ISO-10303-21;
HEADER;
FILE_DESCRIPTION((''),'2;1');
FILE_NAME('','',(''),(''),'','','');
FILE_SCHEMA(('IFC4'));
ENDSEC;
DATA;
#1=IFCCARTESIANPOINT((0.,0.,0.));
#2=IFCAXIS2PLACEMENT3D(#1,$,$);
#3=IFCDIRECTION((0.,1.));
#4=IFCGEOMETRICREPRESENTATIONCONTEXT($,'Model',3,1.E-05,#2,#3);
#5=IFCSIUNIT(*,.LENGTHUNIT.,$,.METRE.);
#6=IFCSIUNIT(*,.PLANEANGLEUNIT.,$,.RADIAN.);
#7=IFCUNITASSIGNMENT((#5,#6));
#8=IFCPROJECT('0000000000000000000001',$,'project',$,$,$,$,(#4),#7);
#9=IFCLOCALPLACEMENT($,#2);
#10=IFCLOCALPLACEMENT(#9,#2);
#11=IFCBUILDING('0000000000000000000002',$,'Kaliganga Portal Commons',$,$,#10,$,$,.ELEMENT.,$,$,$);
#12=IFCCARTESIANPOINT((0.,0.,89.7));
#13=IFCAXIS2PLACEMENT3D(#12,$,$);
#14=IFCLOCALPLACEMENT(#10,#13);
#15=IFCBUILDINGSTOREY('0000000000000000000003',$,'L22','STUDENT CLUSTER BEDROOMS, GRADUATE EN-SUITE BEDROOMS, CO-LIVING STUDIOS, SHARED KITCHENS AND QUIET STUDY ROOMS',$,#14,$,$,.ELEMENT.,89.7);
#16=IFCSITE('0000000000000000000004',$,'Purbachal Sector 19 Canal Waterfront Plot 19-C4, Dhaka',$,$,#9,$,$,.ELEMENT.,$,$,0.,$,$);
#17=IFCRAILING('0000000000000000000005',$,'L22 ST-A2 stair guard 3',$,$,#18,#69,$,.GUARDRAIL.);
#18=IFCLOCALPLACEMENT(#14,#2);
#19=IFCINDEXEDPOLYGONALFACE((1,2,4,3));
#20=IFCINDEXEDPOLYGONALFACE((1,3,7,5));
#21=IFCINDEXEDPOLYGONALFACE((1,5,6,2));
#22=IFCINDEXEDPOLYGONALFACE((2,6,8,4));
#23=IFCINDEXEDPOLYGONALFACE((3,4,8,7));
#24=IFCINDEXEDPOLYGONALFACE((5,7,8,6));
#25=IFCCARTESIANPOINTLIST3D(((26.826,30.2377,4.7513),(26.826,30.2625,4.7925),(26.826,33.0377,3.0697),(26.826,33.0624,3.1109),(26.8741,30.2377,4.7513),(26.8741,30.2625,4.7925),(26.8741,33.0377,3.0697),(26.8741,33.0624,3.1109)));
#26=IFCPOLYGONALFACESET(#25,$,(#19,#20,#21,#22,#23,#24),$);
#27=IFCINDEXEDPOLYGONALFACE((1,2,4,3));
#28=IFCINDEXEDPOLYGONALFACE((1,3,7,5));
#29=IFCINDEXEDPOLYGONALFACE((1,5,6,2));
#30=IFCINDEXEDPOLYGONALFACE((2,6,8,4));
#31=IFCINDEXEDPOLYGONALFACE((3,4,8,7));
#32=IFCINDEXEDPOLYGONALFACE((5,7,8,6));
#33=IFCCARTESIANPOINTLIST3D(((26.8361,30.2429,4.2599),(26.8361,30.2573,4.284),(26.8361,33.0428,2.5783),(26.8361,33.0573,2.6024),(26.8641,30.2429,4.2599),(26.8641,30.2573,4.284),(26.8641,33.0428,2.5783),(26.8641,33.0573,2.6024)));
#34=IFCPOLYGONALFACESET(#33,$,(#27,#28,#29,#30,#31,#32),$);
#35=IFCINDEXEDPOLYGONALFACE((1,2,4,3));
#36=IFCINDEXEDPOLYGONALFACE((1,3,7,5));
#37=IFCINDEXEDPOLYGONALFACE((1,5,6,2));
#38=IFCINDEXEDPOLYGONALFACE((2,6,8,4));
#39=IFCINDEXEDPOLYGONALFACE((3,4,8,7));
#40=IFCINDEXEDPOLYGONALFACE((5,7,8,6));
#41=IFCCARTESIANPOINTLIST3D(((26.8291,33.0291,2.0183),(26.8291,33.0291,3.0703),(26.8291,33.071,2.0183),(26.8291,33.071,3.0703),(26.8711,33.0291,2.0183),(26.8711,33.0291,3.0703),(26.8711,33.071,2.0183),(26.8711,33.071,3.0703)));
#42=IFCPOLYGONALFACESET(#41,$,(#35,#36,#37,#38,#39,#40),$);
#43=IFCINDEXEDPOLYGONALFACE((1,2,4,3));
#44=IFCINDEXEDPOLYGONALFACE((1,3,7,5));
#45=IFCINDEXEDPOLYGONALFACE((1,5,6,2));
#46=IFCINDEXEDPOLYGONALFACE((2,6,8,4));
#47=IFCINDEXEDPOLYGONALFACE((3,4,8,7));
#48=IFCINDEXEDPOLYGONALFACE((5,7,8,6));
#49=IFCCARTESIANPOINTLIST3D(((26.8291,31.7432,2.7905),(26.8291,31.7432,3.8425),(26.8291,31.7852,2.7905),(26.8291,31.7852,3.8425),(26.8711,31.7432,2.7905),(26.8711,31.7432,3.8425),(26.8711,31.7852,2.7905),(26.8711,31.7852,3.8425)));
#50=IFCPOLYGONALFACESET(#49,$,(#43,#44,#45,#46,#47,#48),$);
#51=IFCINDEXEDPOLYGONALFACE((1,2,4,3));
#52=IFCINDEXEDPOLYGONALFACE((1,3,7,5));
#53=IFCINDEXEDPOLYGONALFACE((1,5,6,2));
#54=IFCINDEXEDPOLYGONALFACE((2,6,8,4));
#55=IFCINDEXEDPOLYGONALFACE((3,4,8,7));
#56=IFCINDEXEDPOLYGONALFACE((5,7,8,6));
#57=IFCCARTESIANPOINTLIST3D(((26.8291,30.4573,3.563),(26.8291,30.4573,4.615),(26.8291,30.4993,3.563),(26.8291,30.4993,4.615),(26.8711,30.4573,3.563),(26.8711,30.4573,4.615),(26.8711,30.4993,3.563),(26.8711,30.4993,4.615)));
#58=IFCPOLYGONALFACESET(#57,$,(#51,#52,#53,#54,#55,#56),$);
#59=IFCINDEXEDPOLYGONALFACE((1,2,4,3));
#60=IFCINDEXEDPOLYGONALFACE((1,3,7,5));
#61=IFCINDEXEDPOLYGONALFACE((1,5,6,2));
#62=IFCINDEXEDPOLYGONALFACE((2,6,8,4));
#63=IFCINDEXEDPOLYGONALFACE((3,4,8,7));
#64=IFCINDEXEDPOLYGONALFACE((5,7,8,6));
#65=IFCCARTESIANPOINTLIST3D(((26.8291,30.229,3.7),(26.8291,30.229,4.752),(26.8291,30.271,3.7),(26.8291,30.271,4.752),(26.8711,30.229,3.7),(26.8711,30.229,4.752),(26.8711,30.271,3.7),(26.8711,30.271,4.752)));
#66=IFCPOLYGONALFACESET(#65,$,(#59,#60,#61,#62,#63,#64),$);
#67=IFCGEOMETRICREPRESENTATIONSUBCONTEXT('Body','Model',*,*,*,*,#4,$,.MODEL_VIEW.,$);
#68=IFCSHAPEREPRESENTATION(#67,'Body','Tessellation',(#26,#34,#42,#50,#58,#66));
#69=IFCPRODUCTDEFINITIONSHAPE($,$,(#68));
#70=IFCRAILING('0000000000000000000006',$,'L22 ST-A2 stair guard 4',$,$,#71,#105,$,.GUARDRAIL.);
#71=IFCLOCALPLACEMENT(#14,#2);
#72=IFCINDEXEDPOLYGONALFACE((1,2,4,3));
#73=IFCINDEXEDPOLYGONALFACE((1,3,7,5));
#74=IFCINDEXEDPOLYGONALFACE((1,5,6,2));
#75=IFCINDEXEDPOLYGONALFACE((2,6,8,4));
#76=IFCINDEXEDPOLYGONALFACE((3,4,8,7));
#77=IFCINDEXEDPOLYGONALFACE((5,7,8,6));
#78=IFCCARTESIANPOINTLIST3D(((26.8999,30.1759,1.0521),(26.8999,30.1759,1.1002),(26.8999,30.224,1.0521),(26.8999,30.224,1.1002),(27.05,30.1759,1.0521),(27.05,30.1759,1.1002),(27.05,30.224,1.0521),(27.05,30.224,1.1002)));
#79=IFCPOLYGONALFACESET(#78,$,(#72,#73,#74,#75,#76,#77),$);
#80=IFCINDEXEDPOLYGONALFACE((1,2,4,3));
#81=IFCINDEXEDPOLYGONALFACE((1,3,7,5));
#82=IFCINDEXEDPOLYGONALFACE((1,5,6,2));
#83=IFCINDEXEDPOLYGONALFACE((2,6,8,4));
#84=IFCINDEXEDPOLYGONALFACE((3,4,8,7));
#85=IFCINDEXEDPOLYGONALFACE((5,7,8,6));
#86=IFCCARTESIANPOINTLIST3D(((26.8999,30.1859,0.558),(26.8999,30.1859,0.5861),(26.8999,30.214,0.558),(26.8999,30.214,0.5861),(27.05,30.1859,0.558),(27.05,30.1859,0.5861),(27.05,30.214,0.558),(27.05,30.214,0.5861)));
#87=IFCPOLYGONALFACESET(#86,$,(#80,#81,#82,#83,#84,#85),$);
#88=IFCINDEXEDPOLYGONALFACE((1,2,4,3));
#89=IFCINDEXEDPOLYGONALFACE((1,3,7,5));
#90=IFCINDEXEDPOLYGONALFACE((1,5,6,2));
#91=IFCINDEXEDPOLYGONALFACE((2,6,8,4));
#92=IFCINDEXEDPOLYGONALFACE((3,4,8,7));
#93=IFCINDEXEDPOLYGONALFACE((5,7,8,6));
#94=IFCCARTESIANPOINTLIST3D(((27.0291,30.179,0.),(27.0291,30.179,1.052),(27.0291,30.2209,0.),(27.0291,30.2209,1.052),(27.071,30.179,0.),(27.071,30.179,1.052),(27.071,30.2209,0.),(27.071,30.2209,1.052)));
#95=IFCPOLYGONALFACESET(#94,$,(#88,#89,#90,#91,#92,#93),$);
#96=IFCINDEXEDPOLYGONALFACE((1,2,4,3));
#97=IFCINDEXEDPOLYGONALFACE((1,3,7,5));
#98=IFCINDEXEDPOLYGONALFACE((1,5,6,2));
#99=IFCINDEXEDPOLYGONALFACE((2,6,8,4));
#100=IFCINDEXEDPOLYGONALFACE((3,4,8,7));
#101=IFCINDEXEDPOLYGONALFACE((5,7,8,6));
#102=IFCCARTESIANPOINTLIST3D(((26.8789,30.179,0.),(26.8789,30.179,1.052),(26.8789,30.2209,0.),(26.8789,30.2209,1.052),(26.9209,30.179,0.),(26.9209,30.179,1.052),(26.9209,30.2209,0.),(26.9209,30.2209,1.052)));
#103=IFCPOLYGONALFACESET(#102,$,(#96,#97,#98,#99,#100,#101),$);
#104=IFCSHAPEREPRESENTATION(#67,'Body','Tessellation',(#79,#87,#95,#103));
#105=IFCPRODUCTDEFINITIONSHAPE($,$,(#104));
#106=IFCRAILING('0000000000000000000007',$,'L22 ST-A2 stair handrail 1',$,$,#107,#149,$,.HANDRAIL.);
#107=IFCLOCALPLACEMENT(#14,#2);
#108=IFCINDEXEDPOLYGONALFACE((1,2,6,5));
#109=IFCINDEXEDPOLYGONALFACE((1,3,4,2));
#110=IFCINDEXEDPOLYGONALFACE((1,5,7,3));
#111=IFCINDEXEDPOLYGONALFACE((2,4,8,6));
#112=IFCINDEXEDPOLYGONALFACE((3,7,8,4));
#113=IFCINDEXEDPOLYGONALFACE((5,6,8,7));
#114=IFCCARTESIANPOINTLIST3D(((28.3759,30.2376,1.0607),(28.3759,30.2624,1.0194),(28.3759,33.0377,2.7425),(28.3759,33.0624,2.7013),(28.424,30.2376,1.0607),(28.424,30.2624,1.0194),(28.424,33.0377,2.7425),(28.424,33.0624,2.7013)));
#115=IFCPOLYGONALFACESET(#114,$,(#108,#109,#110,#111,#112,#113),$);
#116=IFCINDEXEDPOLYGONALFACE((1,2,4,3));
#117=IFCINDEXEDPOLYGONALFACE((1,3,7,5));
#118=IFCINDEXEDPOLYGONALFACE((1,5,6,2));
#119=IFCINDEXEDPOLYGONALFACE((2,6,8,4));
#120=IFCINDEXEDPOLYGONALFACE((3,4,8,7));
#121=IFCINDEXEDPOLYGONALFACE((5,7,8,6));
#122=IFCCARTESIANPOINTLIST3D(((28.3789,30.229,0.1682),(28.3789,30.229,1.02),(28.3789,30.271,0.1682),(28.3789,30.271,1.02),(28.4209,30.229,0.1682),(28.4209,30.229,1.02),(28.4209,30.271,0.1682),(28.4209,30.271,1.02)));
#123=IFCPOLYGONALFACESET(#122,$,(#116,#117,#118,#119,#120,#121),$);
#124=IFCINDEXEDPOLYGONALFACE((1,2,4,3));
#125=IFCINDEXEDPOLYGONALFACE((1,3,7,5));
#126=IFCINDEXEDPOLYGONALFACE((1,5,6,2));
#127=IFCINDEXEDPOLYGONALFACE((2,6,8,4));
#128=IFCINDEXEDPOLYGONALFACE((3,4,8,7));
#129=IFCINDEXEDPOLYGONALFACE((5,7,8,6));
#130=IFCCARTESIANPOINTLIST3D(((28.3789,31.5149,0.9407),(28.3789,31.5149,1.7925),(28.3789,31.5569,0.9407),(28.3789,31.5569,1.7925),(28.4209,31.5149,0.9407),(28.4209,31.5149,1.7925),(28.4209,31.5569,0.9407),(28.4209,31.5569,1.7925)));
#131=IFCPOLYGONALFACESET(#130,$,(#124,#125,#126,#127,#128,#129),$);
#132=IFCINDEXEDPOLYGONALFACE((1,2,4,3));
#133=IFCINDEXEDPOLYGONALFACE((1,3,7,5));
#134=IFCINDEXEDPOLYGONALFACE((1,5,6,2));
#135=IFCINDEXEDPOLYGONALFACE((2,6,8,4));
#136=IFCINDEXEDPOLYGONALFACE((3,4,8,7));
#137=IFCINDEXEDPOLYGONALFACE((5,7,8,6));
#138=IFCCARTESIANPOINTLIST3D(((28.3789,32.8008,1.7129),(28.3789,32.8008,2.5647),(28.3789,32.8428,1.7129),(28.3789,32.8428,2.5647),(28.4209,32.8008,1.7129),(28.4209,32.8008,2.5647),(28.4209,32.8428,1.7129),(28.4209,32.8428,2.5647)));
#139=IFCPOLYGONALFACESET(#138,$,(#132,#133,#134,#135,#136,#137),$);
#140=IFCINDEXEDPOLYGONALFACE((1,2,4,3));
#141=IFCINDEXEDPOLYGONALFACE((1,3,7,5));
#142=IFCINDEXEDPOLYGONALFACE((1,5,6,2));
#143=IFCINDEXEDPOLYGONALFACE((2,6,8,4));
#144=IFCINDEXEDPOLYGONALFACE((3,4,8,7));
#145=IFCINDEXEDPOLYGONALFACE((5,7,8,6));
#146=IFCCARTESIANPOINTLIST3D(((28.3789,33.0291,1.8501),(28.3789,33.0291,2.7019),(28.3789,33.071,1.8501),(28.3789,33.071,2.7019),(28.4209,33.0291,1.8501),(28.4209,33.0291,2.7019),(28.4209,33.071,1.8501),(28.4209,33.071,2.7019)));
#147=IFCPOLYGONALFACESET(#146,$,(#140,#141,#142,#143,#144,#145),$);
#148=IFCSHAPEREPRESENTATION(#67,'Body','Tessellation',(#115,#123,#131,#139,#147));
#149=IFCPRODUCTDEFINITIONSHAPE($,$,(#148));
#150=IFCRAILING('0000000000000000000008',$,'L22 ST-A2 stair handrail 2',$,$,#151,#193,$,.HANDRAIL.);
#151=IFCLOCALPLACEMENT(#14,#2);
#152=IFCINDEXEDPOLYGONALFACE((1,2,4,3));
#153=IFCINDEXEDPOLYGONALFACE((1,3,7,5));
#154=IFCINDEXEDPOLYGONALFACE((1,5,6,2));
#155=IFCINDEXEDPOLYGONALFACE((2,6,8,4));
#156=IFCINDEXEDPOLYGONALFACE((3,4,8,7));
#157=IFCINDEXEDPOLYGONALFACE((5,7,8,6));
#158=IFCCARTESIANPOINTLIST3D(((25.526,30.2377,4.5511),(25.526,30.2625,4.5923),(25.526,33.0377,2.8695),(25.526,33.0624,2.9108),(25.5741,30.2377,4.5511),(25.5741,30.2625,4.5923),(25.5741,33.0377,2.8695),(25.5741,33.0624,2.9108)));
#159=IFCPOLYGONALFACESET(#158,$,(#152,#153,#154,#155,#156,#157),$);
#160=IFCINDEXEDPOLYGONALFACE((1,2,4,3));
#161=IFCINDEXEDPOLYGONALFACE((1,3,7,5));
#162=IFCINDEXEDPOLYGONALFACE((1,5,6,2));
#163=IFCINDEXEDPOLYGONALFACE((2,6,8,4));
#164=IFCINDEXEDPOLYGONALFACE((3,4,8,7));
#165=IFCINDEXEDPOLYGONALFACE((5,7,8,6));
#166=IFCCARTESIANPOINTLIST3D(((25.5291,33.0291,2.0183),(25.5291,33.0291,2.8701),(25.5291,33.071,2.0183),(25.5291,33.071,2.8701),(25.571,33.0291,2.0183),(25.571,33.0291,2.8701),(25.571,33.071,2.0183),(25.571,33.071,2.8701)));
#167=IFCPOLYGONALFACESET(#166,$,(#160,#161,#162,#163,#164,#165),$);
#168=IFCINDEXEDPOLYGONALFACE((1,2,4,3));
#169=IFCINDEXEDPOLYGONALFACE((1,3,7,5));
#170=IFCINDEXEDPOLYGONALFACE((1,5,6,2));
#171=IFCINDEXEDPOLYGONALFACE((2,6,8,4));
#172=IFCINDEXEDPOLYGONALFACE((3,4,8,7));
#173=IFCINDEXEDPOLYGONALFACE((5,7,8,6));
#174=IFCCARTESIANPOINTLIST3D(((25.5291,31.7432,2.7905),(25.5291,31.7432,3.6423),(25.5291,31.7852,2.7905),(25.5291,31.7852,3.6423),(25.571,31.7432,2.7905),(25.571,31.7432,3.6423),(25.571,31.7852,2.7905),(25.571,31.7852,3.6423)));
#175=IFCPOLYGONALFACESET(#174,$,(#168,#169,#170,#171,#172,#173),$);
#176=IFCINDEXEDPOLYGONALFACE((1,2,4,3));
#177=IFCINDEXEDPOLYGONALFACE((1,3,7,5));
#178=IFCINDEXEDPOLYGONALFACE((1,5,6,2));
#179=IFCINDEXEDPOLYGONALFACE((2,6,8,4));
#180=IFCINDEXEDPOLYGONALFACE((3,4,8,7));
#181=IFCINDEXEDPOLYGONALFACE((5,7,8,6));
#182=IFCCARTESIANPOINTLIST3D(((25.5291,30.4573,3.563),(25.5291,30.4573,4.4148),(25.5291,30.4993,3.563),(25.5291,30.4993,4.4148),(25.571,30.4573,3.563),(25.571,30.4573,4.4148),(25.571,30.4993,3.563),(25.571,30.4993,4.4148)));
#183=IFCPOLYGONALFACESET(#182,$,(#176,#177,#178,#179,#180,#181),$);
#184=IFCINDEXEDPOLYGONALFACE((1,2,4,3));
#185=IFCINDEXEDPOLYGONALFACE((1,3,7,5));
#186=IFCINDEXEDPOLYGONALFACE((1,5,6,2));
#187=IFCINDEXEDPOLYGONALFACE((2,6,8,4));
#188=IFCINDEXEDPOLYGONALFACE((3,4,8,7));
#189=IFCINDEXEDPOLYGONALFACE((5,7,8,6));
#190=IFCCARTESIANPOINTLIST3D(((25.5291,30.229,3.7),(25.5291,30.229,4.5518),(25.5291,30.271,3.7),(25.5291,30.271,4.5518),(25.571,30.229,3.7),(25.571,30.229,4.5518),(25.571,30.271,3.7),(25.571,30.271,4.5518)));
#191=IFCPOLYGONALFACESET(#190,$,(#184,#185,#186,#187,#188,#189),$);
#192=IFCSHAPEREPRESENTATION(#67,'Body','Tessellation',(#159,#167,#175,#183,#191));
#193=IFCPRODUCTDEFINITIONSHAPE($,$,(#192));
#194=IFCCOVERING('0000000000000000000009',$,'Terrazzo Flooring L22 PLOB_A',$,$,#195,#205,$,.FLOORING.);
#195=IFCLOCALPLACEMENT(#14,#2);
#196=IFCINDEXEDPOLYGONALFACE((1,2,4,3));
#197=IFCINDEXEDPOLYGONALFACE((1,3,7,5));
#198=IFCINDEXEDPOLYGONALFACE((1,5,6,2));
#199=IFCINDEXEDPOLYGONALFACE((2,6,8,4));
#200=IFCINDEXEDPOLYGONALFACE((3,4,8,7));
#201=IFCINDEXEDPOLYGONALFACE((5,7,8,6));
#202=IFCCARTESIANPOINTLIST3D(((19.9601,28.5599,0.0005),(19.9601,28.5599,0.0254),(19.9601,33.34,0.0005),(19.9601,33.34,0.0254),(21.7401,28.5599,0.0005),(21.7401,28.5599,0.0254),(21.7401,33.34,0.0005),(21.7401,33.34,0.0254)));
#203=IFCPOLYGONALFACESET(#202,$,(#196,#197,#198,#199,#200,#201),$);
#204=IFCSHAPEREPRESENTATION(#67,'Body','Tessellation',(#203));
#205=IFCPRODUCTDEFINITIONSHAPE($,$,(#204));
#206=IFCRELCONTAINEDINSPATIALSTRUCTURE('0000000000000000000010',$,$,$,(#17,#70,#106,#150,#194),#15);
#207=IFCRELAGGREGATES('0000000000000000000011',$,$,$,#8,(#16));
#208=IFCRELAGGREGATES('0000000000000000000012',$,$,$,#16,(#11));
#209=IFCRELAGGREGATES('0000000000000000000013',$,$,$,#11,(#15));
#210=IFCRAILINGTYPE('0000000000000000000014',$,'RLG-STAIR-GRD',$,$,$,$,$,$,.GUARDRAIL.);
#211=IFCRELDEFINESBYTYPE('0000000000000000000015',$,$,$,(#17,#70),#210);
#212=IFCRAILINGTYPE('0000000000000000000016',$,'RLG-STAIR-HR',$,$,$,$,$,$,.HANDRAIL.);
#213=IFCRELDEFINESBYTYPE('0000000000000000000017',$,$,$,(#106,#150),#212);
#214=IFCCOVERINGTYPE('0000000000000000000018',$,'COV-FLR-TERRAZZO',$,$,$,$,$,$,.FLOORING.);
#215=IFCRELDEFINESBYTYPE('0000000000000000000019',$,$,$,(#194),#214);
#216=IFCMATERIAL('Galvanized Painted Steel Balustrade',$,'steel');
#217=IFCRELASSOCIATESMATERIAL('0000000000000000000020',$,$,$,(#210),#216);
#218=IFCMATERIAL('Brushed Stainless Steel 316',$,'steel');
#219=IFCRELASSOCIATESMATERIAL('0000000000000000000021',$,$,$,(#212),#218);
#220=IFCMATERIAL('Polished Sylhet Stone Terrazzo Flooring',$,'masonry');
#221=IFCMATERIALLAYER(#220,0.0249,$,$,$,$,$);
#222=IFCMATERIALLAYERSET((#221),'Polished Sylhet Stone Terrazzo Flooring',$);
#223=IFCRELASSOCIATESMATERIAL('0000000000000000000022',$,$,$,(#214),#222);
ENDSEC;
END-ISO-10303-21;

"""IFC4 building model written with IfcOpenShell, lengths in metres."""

from ifc_helpers import new_model, si_unit, direction, frame, origin, origin_2d, place, context, subcontext, project, spatial, rectangle, extrude, source, transform, mapped, material, layer, layer_set, type_object, element, save


model = new_model("IFC4")

# Units and contexts
model_context = context("Model", 3, precision=1e-05, world=origin(), true_north=direction((0.0, 1.0)))
body_context = subcontext(model_context, "Body", "Model", "MODEL_VIEW")
ifc_project = project(units=[si_unit("LENGTHUNIT", "METRE"), si_unit("PLANEANGLEUNIT", "RADIAN")], contexts=[model_context])

# Site, building, storey
site_placement = place(None, origin())
site = spatial("IfcSite", under=ifc_project, at=site_placement, Name="Purbachal Sector 19 Canal Waterfront Plot 19-C4, Dhaka", CompositionType="ELEMENT", RefElevation=0.0)
building_placement = place(site_placement, origin())
building = spatial("IfcBuilding", under=site, at=building_placement, Name="Kaliganga Portal Commons", CompositionType="ELEMENT")
storey_placement = place(building_placement, frame((0.0, 0.0, 89.7)))
storey = spatial("IfcBuildingStorey", under=building, at=storey_placement, Name="L22", Description="STUDENT CLUSTER BEDROOMS, GRADUATE EN-SUITE BEDROOMS, CO-LIVING STUDIOS, SHARED KITCHENS AND QUIET STUDY ROOMS", CompositionType="ELEMENT", Elevation=89.7)

# Railings
ifc_material_1 = material(Name="Galvanized Painted Steel Balustrade", Category="steel")
railing_type_1 = type_object("IfcRailingType", Name="RLG-STAIR-GRD", PredefinedType="GUARDRAIL", material=ifc_material_1)
railing_1_placement = place(storey_placement, frame((26.8501, 33.05, 2.0183)))
element("IfcRailing", 1, at=railing_1_placement, inside=storey, type_object=railing_type_1, Name="L22 ST-A2 stair guard 3", PredefinedType="GUARDRAIL", context=body_context, shape_type="SweptSolid", body=[
    extrude(rectangle(XDim=0.0481, YDim=0.0481, at=origin_2d()), frame((0.0, 0.0, 1.072), z_axis=(0.0, -0.857275, 0.514858), x_axis=(1.0, 0.0, 0.0)), (0.0, 0.0, 1.0), 3.2661),
    extrude(rectangle(XDim=0.0281, YDim=0.0281, at=origin_2d()), frame((0.0, 0.0, 0.572), z_axis=(0.0, -0.857275, 0.514858), x_axis=(1.0, 0.0, 0.0)), (0.0, 0.0, 1.0), 3.2661),
    extrude(rectangle(XDim=0.042, YDim=0.042, at=origin_2d()), origin(), (0.0, 0.0, 1.0), 1.052),
    extrude(rectangle(XDim=0.042, YDim=0.042, at=origin_2d()), frame((0.0, -1.2859, 0.7722)), (0.0, 0.0, 1.0), 1.052),
    extrude(rectangle(XDim=0.042, YDim=0.042, at=origin_2d()), frame((0.0, -2.5718, 1.5447)), (0.0, 0.0, 1.0), 1.052),
    extrude(rectangle(XDim=0.042, YDim=0.042, at=origin_2d()), frame((0.0, -2.8, 1.6816)), (0.0, 0.0, 1.0), 1.052),
])
railing_2_placement = place(storey_placement, frame((27.05, 30.2, 0.0)))
element("IfcRailing", 2, at=railing_2_placement, inside=storey, type_object=railing_type_1, Name="L22 ST-A2 stair guard 4", PredefinedType="GUARDRAIL", context=body_context, shape_type="SweptSolid", body=[
    extrude(rectangle(XDim=0.0481, YDim=0.0481, at=origin_2d()), frame((0.0, 0.0, 1.0762), z_axis=(-1.0, 0.0, 0.0), x_axis=(0.0, -1.0, 0.0)), (0.0, 0.0, 1.0), 0.1501),
    extrude(rectangle(XDim=0.0281, YDim=0.0281, at=origin_2d()), frame((0.0, 0.0, 0.572), z_axis=(-1.0, 0.0, 0.0), x_axis=(0.0, -1.0, 0.0)), (0.0, 0.0, 1.0), 0.1501),
    extrude(rectangle(XDim=0.042, YDim=0.042, at=origin_2d()), origin(), (0.0, 0.0, 1.0), 1.052),
    extrude(rectangle(XDim=0.042, YDim=0.042, at=origin_2d()), frame((-0.1501, 0.0, 0.0)), (0.0, 0.0, 1.0), 1.052),
])
ifc_material_2 = material(Name="Brushed Stainless Steel 316", Category="steel")
railing_type_2 = type_object("IfcRailingType", Name="RLG-STAIR-HR", PredefinedType="HANDRAIL", material=ifc_material_2)
railing_3_placement = place(storey_placement, frame((28.3999, 30.25, 0.1682)))
element("IfcRailing", 3, at=railing_3_placement, inside=storey, type_object=railing_type_2, Name="L22 ST-A2 stair handrail 1", PredefinedType="HANDRAIL", context=body_context, shape_type="SweptSolid", body=[
    extrude(rectangle(XDim=0.0481, YDim=0.0481, at=origin_2d()), frame((0.0, 0.0, 0.8718), z_axis=(0.0, 0.857242, 0.514913), x_axis=(-1.0, 0.0, 0.0)), (0.0, 0.0, 1.0), 3.2664),
    extrude(rectangle(XDim=0.042, YDim=0.042, at=origin_2d()), origin(), (0.0, 0.0, 1.0), 0.8518),
    extrude(rectangle(XDim=0.042, YDim=0.042, at=origin_2d()), frame((0.0, 1.2859, 0.7725)), (0.0, 0.0, 1.0), 0.8518),
    extrude(rectangle(XDim=0.042, YDim=0.042, at=origin_2d()), frame((0.0, 2.5718, 1.5447)), (0.0, 0.0, 1.0), 0.8518),
    extrude(rectangle(XDim=0.042, YDim=0.042, at=origin_2d()), frame((0.0, 2.8, 1.6819)), (0.0, 0.0, 1.0), 0.8518),
])
railing_4_placement = place(storey_placement, frame((25.55, 33.05, 2.0183)))
element("IfcRailing", 4, at=railing_4_placement, inside=storey, type_object=railing_type_2, Name="L22 ST-A2 stair handrail 2", PredefinedType="HANDRAIL", context=body_context, shape_type="SweptSolid", body=[
    extrude(rectangle(XDim=0.0481, YDim=0.0481, at=origin_2d()), frame((0.0, 0.0, 0.8718), z_axis=(0.0, -0.857275, 0.514858), x_axis=(1.0, 0.0, 0.0)), (0.0, 0.0, 1.0), 3.2661),
    extrude(rectangle(XDim=0.042, YDim=0.042, at=origin_2d()), origin(), (0.0, 0.0, 1.0), 0.8518),
    extrude(rectangle(XDim=0.042, YDim=0.042, at=origin_2d()), frame((0.0, -1.2859, 0.7722)), (0.0, 0.0, 1.0), 0.8518),
    extrude(rectangle(XDim=0.042, YDim=0.042, at=origin_2d()), frame((0.0, -2.5718, 1.5447)), (0.0, 0.0, 1.0), 0.8518),
    extrude(rectangle(XDim=0.042, YDim=0.042, at=origin_2d()), frame((0.0, -2.8, 1.6816)), (0.0, 0.0, 1.0), 0.8518),
])

# Covering
ifc_material_3 = material(Name="Polished Sylhet Stone Terrazzo Flooring", Category="masonry")
ifc_layer_1 = layer(ifc_material_3, 0.0249)
ifc_layer_set_1 = layer_set([ifc_layer_1], Name="Polished Sylhet Stone Terrazzo Flooring")
covering_type = type_object("IfcCoveringType", Name="COV-FLR-TERRAZZO", PredefinedType="FLOORING", material=ifc_layer_set_1)
shared_shape_1 = source(origin(), body_context, "Body", "SweptSolid", [
    extrude(rectangle(XDim=1.78, YDim=4.78, at=origin_2d()), origin(), (0.0, 0.0, 1.0), 0.0249),
])
covering_placement = place(storey_placement, frame((20.8501, 30.95, 0.0005), z_axis=(0.0, 0.0, 1.0), x_axis=(1.0, 0.0, 0.0)))
element("IfcCovering", 5, at=covering_placement, inside=storey, type_object=covering_type, Name="Terrazzo Flooring L22 PLOB_A", PredefinedType="FLOORING", context=body_context, shape_type="MappedRepresentation", body=[
    mapped(shared_shape_1, transform((0.0, 0.0, 0.0), x_axis=(1.0, 0.0, 0.0), y_axis=(0.0, 1.0, 0.0), z_axis=(0.0, 0.0, 1.0), scale=1.0)),
])

save(model, "model.ifc")
